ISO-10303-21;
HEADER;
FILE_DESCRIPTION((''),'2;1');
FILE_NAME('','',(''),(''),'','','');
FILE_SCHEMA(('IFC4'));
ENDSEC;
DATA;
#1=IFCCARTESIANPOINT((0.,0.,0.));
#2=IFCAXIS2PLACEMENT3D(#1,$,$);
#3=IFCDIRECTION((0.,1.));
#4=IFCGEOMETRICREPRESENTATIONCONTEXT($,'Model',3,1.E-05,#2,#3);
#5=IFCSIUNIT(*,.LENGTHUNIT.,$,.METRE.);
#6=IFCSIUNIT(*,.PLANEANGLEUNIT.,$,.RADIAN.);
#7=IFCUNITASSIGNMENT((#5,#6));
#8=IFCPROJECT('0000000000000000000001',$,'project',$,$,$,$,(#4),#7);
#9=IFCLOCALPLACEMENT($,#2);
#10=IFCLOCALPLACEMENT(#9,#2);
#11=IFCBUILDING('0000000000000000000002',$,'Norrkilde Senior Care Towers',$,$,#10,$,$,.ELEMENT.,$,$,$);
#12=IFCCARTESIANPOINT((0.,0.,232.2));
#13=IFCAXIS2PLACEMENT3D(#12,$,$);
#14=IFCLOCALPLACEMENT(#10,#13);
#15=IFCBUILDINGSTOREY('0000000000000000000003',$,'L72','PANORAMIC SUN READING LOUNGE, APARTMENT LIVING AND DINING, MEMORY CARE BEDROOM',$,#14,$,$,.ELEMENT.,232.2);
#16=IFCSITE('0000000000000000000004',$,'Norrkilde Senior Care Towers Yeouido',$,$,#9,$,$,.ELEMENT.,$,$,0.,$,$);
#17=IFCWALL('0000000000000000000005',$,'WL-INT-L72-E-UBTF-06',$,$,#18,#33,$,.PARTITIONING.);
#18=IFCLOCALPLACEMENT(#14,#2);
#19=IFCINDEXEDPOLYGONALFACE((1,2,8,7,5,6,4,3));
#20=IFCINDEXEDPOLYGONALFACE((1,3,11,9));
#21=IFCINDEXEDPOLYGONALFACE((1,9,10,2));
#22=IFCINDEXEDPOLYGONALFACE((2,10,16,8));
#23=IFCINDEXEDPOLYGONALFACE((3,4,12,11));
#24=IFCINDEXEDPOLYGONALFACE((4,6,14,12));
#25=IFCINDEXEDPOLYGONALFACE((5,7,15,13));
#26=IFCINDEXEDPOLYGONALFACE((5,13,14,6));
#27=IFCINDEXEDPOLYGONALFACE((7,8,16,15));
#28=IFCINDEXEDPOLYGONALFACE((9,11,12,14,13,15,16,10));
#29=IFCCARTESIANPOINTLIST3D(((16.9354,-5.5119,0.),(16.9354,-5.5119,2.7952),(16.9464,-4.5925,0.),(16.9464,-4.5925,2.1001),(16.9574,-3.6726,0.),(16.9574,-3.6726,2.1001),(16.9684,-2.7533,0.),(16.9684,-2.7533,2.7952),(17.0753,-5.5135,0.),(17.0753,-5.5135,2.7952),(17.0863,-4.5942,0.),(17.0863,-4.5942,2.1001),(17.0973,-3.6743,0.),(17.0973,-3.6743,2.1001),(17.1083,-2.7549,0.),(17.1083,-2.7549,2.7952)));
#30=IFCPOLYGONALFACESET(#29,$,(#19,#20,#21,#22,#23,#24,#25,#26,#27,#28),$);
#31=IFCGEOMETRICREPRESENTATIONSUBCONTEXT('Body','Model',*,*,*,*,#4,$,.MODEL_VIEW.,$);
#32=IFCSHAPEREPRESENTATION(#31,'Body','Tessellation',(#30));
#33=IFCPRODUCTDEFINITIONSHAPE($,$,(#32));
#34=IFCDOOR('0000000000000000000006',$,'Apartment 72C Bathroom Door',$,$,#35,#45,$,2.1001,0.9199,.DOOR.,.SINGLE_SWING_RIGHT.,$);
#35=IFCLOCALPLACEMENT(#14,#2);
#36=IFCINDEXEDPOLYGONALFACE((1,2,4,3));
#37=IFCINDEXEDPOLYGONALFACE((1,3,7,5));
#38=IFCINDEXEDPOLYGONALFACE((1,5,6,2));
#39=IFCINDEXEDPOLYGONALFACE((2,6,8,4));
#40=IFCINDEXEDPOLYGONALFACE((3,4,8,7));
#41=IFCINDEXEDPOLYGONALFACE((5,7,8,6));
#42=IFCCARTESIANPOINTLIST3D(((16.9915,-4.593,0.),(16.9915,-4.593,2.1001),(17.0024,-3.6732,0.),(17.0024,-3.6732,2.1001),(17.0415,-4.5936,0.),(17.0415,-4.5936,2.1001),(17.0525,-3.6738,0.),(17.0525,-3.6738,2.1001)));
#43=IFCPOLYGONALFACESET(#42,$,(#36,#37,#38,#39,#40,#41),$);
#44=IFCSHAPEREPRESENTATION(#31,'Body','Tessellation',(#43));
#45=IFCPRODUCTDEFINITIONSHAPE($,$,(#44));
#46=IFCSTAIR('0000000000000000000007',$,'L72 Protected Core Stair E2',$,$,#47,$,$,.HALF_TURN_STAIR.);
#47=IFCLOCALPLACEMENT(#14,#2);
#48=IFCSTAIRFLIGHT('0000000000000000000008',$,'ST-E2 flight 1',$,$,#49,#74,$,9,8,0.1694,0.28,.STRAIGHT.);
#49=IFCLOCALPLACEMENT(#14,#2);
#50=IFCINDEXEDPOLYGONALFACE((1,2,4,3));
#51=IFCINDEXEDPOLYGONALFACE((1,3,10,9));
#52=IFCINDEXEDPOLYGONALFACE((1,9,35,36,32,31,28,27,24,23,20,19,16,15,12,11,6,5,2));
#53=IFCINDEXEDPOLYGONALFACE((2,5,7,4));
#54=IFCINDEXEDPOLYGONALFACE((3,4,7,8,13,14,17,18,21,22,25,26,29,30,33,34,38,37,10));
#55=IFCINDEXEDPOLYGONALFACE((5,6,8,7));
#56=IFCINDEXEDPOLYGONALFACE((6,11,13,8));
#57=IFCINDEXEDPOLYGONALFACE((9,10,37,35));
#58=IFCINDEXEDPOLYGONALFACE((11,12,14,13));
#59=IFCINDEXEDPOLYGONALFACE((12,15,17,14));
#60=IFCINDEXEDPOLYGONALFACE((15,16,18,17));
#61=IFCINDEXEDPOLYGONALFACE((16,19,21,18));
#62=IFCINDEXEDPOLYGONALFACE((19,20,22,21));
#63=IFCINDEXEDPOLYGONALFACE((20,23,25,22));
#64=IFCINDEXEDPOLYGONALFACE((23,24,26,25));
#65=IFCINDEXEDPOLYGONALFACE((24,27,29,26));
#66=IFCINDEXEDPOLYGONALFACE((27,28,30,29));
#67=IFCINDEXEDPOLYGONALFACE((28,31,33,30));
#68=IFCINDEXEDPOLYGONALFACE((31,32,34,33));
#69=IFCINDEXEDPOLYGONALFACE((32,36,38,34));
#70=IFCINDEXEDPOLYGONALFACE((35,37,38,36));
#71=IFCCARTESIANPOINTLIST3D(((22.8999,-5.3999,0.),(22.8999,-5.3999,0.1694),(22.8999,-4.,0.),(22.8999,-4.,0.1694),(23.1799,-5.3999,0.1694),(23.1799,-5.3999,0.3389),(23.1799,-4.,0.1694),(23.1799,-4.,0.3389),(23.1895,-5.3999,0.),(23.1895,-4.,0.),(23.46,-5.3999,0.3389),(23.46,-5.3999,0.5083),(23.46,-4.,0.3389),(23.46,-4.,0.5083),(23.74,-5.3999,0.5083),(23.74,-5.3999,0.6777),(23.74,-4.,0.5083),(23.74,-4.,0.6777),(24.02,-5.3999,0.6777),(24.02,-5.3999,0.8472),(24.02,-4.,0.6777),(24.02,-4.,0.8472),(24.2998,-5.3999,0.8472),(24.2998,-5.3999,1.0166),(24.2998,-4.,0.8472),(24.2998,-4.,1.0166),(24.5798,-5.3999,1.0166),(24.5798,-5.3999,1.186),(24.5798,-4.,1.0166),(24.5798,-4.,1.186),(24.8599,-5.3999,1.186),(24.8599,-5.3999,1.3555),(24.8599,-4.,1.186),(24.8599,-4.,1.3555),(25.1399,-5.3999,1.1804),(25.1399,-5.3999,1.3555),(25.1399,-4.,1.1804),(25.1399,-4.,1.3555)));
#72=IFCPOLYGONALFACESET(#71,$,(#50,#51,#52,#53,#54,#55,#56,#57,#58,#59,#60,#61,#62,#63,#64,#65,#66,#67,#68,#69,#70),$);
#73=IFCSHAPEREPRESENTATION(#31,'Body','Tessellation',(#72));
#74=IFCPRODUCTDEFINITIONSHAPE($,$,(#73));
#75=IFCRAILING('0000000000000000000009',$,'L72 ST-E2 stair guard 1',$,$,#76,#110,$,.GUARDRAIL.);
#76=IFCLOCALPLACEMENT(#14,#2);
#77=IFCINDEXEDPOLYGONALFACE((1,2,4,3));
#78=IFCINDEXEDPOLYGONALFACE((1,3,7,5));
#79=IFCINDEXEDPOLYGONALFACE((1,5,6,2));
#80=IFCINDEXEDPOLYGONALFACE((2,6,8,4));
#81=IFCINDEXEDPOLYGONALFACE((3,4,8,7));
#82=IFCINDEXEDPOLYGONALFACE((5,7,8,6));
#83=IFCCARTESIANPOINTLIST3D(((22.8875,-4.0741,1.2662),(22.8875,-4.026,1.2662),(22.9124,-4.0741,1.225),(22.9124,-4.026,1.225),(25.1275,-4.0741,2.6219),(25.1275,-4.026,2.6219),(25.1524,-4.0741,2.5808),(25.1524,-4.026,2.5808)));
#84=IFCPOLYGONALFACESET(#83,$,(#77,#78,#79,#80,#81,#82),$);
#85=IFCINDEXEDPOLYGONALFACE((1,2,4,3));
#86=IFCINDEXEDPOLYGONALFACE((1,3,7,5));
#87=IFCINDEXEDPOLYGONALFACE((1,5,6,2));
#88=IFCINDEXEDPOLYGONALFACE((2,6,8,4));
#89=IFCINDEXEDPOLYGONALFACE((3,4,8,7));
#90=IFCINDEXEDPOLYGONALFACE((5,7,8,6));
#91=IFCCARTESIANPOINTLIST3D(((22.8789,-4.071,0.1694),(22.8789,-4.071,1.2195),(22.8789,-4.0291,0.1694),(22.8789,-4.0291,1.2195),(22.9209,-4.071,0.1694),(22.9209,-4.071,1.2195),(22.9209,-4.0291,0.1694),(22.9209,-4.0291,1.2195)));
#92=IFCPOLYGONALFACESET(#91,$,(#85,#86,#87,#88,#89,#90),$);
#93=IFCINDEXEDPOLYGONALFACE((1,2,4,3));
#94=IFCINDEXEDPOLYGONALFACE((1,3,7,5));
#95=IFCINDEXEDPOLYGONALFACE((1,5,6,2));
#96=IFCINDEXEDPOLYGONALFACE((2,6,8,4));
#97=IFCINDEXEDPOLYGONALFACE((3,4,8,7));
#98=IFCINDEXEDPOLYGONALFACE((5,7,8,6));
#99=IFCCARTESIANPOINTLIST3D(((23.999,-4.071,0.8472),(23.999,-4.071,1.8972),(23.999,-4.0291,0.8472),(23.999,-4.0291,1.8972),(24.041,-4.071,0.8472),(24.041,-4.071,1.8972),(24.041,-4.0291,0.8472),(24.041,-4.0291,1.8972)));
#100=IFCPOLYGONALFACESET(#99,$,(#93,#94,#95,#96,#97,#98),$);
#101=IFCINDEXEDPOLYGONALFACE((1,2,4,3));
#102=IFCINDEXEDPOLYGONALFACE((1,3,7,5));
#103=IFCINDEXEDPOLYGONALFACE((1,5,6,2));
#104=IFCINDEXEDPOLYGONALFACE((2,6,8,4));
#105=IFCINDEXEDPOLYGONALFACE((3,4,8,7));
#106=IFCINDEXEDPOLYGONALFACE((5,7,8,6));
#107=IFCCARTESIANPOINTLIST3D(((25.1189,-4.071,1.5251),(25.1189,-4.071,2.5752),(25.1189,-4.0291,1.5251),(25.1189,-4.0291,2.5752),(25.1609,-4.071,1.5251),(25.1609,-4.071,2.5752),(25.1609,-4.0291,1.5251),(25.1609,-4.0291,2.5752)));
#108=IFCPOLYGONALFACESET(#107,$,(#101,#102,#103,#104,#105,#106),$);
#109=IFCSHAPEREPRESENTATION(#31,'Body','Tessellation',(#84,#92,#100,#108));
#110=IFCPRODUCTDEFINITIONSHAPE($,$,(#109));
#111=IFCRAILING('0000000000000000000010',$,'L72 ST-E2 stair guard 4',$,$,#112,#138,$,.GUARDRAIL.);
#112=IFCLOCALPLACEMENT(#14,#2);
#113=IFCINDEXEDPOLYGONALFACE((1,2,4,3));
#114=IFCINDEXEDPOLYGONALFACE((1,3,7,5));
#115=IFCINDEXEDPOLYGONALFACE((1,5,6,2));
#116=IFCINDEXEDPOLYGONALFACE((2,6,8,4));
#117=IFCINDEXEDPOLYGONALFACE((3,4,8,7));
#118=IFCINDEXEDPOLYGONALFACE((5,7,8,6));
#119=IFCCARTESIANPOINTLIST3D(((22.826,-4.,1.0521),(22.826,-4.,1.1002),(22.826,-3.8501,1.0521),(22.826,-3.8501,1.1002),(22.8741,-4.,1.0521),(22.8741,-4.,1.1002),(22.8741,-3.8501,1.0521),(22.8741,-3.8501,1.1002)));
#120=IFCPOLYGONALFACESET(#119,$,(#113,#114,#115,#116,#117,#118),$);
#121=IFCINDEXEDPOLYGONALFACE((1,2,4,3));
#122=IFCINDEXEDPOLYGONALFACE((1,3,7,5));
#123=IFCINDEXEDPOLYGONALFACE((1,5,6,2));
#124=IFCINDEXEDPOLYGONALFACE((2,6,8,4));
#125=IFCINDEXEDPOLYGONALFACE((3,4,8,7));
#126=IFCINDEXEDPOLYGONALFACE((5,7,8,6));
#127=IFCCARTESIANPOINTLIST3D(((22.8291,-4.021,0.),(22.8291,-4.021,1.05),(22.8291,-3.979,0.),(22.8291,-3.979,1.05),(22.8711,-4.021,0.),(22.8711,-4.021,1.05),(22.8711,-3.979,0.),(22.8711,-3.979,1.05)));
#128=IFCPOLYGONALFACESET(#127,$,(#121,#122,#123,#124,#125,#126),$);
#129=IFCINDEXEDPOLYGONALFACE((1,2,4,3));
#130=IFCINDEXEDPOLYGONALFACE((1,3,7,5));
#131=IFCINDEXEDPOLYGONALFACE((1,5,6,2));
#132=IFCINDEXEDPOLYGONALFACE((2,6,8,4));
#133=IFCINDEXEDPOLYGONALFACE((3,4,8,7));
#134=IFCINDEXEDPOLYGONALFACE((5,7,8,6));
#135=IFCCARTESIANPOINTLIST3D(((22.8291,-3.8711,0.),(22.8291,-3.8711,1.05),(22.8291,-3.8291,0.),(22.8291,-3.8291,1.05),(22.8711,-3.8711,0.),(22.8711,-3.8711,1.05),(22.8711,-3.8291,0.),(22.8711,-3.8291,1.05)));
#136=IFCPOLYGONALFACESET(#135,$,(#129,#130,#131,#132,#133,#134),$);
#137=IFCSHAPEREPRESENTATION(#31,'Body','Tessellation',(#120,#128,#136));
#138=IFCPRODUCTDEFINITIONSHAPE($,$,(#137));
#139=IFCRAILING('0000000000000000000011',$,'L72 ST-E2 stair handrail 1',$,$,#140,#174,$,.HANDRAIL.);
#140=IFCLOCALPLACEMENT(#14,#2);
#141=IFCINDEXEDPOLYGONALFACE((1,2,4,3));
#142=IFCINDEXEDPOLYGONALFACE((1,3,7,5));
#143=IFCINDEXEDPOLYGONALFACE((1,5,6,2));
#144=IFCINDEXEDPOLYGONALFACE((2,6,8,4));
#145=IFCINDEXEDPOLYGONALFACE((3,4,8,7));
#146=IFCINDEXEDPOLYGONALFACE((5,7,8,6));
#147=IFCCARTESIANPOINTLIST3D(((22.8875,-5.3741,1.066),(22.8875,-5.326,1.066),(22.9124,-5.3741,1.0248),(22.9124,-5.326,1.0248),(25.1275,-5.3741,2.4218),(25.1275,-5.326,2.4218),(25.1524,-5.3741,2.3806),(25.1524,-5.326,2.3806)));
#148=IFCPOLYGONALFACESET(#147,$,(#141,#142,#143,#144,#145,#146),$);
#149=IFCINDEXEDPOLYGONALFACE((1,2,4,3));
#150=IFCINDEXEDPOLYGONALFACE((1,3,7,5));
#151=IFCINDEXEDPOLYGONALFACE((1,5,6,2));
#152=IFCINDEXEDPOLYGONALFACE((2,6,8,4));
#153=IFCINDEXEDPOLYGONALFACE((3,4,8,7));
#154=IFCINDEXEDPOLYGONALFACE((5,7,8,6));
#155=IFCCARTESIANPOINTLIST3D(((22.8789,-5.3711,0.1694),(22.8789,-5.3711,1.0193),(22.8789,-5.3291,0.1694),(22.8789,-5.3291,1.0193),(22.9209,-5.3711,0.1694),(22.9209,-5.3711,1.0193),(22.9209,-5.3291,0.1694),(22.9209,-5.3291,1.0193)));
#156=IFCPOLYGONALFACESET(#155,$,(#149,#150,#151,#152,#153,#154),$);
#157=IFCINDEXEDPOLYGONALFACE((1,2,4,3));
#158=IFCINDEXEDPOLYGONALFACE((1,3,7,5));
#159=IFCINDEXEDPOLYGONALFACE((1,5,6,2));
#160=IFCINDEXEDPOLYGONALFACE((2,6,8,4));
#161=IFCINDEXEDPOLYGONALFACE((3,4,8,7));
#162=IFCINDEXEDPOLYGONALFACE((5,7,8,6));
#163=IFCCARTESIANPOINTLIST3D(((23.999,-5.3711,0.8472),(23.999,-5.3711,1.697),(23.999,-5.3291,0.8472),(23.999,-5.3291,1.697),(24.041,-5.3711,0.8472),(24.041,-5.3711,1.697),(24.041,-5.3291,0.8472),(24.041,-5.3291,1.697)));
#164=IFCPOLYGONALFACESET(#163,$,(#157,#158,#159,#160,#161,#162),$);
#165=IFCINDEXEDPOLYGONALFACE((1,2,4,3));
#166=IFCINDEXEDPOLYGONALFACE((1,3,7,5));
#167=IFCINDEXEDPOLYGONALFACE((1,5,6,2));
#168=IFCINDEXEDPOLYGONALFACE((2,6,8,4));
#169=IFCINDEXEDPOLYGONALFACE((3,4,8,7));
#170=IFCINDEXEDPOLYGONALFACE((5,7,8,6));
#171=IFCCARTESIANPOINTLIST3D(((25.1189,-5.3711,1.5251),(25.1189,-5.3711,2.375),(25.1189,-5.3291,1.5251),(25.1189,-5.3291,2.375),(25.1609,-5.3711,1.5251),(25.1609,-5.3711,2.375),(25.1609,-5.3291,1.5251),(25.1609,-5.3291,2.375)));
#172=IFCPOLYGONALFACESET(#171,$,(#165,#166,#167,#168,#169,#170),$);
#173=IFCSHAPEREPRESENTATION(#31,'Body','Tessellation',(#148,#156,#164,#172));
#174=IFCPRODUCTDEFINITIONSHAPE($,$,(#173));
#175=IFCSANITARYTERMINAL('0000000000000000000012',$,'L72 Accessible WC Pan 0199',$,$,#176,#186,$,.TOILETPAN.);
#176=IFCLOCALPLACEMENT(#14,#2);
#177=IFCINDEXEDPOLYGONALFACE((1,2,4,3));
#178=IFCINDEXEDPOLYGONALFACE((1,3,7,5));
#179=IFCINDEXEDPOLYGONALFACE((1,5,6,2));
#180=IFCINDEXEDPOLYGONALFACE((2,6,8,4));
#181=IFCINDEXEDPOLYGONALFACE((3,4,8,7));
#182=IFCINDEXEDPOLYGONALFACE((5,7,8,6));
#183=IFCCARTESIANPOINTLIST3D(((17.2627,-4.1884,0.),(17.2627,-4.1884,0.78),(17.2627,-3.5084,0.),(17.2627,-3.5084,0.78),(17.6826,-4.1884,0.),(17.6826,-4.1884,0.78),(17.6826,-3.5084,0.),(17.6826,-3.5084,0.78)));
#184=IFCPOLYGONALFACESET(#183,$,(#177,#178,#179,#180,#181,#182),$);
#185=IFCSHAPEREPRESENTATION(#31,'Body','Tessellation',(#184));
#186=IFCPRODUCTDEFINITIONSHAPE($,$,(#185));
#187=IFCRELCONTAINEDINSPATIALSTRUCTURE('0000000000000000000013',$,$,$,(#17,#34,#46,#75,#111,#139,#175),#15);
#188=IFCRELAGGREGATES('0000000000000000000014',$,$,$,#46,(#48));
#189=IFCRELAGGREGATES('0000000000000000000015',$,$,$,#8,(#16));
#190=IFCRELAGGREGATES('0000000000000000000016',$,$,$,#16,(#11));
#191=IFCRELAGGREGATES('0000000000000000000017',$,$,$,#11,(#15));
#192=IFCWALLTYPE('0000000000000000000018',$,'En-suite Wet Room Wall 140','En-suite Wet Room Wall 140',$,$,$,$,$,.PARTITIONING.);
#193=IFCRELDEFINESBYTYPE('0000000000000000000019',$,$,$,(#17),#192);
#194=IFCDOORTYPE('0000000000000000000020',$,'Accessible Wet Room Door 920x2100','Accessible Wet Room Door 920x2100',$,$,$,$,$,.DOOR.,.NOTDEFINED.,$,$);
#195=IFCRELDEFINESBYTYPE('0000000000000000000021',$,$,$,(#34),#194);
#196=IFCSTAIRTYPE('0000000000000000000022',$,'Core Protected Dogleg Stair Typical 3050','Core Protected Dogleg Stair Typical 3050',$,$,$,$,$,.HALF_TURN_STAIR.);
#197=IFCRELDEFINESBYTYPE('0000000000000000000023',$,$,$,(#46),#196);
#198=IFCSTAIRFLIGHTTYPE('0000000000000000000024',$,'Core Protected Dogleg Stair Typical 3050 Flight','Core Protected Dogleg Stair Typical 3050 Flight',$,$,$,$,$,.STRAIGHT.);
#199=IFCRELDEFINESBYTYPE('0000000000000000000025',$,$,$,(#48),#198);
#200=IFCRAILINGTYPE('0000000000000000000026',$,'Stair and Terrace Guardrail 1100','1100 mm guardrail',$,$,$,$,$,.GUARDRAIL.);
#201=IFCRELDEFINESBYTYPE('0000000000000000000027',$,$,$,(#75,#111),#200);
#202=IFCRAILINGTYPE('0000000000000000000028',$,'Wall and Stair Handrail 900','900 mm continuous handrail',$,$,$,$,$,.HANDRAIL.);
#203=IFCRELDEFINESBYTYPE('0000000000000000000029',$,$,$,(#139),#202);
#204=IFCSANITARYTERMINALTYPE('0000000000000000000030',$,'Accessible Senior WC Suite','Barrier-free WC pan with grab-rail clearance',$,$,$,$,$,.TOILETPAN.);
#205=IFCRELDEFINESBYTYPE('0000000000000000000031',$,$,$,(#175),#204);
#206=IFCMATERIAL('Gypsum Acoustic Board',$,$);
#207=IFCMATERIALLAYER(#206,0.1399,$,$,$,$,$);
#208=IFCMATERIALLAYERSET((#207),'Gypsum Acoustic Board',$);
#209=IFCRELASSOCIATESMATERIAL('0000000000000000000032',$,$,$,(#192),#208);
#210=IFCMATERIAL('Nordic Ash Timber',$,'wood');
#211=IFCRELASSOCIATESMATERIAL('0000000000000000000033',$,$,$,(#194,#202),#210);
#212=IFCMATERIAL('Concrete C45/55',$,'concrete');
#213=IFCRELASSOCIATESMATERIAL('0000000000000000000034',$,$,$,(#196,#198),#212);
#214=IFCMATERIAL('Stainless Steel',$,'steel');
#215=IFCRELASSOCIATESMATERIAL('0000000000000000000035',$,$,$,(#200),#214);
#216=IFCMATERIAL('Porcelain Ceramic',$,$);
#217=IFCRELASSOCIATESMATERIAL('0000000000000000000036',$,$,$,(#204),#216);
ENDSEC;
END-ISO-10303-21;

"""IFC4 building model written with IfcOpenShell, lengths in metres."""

from ifc_helpers import new_model, si_unit, direction, frame, frame_2d, origin, origin_2d, place, context, subcontext, project, spatial, polyline, rectangle, outline, extrude, source, transform, mapped, material, layer, layer_set, type_object, type_shapes, element, fill, aggregate, save


model = new_model("IFC4")

# Units and contexts
model_context = context("Model", 3, precision=1e-05, world=origin(), true_north=direction((0.0, 1.0)))
body_context = subcontext(model_context, "Body", "Model", "MODEL_VIEW")
ifc_project = project(units=[si_unit("LENGTHUNIT", "METRE"), si_unit("PLANEANGLEUNIT", "RADIAN")], contexts=[model_context])

# Site, building, storey
site_placement = place(None, origin())
site = spatial("IfcSite", under=ifc_project, at=site_placement, Name="Norrkilde Senior Care Towers Yeouido", CompositionType="ELEMENT", RefElevation=0.0)
building_placement = place(site_placement, origin())
building = spatial("IfcBuilding", under=site, at=building_placement, Name="Norrkilde Senior Care Towers", CompositionType="ELEMENT")
storey_placement = place(building_placement, frame((0.0, 0.0, 232.2)))
storey = spatial("IfcBuildingStorey", under=building, at=storey_placement, Name="L72", Description="PANORAMIC SUN READING LOUNGE, APARTMENT LIVING AND DINING, MEMORY CARE BEDROOM", CompositionType="ELEMENT", Elevation=232.2)

# Shared definitions
ifc_material_1 = material(Name="Concrete C45/55", Category="concrete")

# Shared definitions
ifc_material_2 = material(Name="Gypsum Acoustic Board")

# Shared definitions
ifc_material_3 = material(Name="Nordic Ash Timber", Category="wood")

# Shared definitions
ifc_layer_1 = layer(ifc_material_2, 0.1399)
ifc_layer_set_1 = layer_set([ifc_layer_1], Name="Gypsum Acoustic Board")
wall_type_1 = type_object("IfcWallType", Name="En-suite Wet Room Wall 140", Description="En-suite Wet Room Wall 140", PredefinedType="PARTITIONING", material=ifc_layer_set_1)

# Wall, opening, door
shared_shape_1 = source(origin(), body_context, "Body", "SweptSolid", [
    extrude(rectangle(XDim=2.7588, YDim=0.1399, at=frame_2d((1.3794, 0.0))), origin(), (0.0, 0.0, 1.0), 2.7952),
])
wall_1_placement = place(storey_placement, frame((17.0054, -5.5127, 0.0), z_axis=(0.0, 0.0, 1.0), x_axis=(0.011947, 0.999929, 0.0)))
wall_1 = element("IfcWall", 1, at=wall_1_placement, inside=storey, type_object=wall_type_1, Name="WL-INT-L72-E-UBTF-06", PredefinedType="PARTITIONING", context=body_context, shape_type="MappedRepresentation", body=[
    mapped(shared_shape_1, transform((0.0, 0.0, 0.0), x_axis=(1.0, 0.0, 0.0), y_axis=(0.0, 1.0, 0.0), z_axis=(0.0, 0.0, 1.0), scale=1.0)),
])
opening_1_placement = place(wall_1_placement, frame((0.9194, 0.0, 0.0)))
opening_1 = element("IfcOpeningElement", 2, at=opening_1_placement, cuts=wall_1, PredefinedType="OPENING", context=body_context, shape_type="SweptSolid", body=[
    extrude(rectangle(XDim=0.9199, YDim=2.1001, at=frame_2d((0.46, 1.05))), frame((0.0, 0.0798, 0.0), z_axis=(0.0, -1.0, 0.0), x_axis=(1.0, 0.0, 0.0)), (0.0, 0.0, 1.0), 0.1599),
])
door_type_1 = type_object("IfcDoorType", Name="Accessible Wet Room Door 920x2100", Description="Accessible Wet Room Door 920x2100", OperationType="NOTDEFINED", PredefinedType="DOOR", material=ifc_material_3)
shared_shape_2 = source(origin(), body_context, "Body", "SweptSolid", [
    extrude(rectangle(XDim=0.9199, YDim=2.1001, at=frame_2d((0.46, 1.05))), frame((0.0, 0.0249, 0.0), z_axis=(0.0, -1.0, 0.0), x_axis=(1.0, 0.0, 0.0)), (0.0, 0.0, 1.0), 0.05),
])
type_shapes(door_type_1, [shared_shape_2])
door_1_placement = place(opening_1_placement, origin())
door_1 = element("IfcDoor", 3, at=door_1_placement, inside=storey, type_object=door_type_1, Name="Apartment 72C Bathroom Door", OperationType="SINGLE_SWING_RIGHT", OverallHeight=2.1001, OverallWidth=0.9199, PredefinedType="DOOR", context=body_context, shape_type="MappedRepresentation", body=[
    mapped(shared_shape_2, transform((0.0, 0.0, 0.0), x_axis=(1.0, 0.0, 0.0), y_axis=(0.0, 1.0, 0.0), z_axis=(0.0, 0.0, 1.0), scale=1.0)),
])
fill(opening_1, door_1)

# Stair, stair flight
stair_type = type_object("IfcStairType", Name="Core Protected Dogleg Stair Typical 3050", Description="Core Protected Dogleg Stair Typical 3050", PredefinedType="HALF_TURN_STAIR", material=ifc_material_1)
stair_placement = place(storey_placement, origin())
stair = element("IfcStair", 4, at=stair_placement, inside=storey, type_object=stair_type, Name="L72 Protected Core Stair E2", PredefinedType="HALF_TURN_STAIR")
stair_flight_type = type_object("IfcStairFlightType", Name="Core Protected Dogleg Stair Typical 3050 Flight", Description="Core Protected Dogleg Stair Typical 3050 Flight", PredefinedType="STRAIGHT", material=ifc_material_1)
stair_flight_placement = place(storey_placement, frame((22.8999, -4.7, 0.0), z_axis=(0.0, 0.0, 1.0), x_axis=(1.0, 0.0, 0.0)))
stair_flight = element("IfcStairFlight", 5, at=stair_flight_placement, type_object=stair_flight_type, Name="ST-E2 flight 1", NumberOfRisers=9, NumberOfTreads=8, PredefinedType="STRAIGHT", RiserHeight=0.1694, TreadLength=0.28, context=body_context, shape_type="SweptSolid", body=[
    extrude(outline(polyline([(0.0, 0.0), (0.0, 0.1694), (0.28, 0.1694), (0.28, 0.3389), (0.5601, 0.3389), (0.5601, 0.5083), (0.8401, 0.5083), (0.8401, 0.6777), (1.1201, 0.6777), (1.1201, 0.8472), (1.3999, 0.8472), (1.3999, 1.0166), (1.6799, 1.0166), (1.6799, 1.186), (1.96, 1.186), (1.96, 1.3555), (2.24, 1.3555), (2.24, 1.5249), (2.24, 1.1804), (0.2896, 0.0), (0.0, 0.0)])), frame((0.0, 0.7, 0.0), z_axis=(0.0, -1.0, 0.0), x_axis=(1.0, 0.0, 0.0)), (0.0, 0.0, 1.0), 1.3999),
])
aggregate(stair, [stair_flight])

# Railings
ifc_material_4 = material(Name="Stainless Steel", Category="steel")
railing_type_1 = type_object("IfcRailingType", Name="Stair and Terrace Guardrail 1100", Description="1100 mm guardrail", PredefinedType="GUARDRAIL", material=ifc_material_4)
railing_1_placement = place(storey_placement, frame((22.8999, -4.05, 0.1694)))
element("IfcRailing", 6, at=railing_1_placement, inside=storey, type_object=railing_type_1, Name="L72 ST-E2 stair guard 1", PredefinedType="GUARDRAIL", context=body_context, shape_type="SweptSolid", body=[
    extrude(rectangle(XDim=0.0481, YDim=0.0481, at=origin_2d()), frame((0.0, 0.0, 1.0762), z_axis=(0.855512, 0.0, 0.517783), x_axis=(0.0, 1.0, 0.0)), (0.0, 0.0, 1.0), 2.6184),
    extrude(rectangle(XDim=0.042, YDim=0.042, at=origin_2d()), origin(), (0.0, 0.0, 1.0), 1.05),
    extrude(rectangle(XDim=0.042, YDim=0.042, at=origin_2d()), frame((1.1201, 0.0, 0.6777)), (0.0, 0.0, 1.0), 1.05),
    extrude(rectangle(XDim=0.042, YDim=0.042, at=origin_2d()), frame((2.24, 0.0, 1.3557)), (0.0, 0.0, 1.0), 1.05),
])
railing_2_placement = place(storey_placement, frame((22.8501, -4.0, 0.0)))
element("IfcRailing", 7, at=railing_2_placement, inside=storey, type_object=railing_type_1, Name="L72 ST-E2 stair guard 4", PredefinedType="GUARDRAIL", context=body_context, shape_type="SweptSolid", body=[
    extrude(rectangle(XDim=0.0481, YDim=0.0481, at=origin_2d()), frame((0.0, 0.0, 1.0762), z_axis=(0.0, 1.0, 0.0), x_axis=(-1.0, 0.0, 0.0)), (0.0, 0.0, 1.0), 0.1499),
    extrude(rectangle(XDim=0.042, YDim=0.042, at=origin_2d()), origin(), (0.0, 0.0, 1.0), 1.05),
    extrude(rectangle(XDim=0.042, YDim=0.042, at=origin_2d()), frame((0.0, 0.1499, 0.0)), (0.0, 0.0, 1.0), 1.05),
])
railing_type_2 = type_object("IfcRailingType", Name="Wall and Stair Handrail 900", Description="900 mm continuous handrail", PredefinedType="HANDRAIL", material=ifc_material_3)
railing_3_placement = place(storey_placement, frame((22.8999, -5.3501, 0.1694)))
element("IfcRailing", 8, at=railing_3_placement, inside=storey, type_object=railing_type_2, Name="L72 ST-E2 stair handrail 1", PredefinedType="HANDRAIL", context=body_context, shape_type="SweptSolid", body=[
    extrude(rectangle(XDim=0.0481, YDim=0.0481, at=origin_2d()), frame((0.0, 0.0, 0.876), z_axis=(0.855512, 0.0, 0.517783), x_axis=(0.0, 1.0, 0.0)), (0.0, 0.0, 1.0), 2.6184),
    extrude(rectangle(XDim=0.042, YDim=0.042, at=origin_2d()), origin(), (0.0, 0.0, 1.0), 0.8499),
    extrude(rectangle(XDim=0.042, YDim=0.042, at=origin_2d()), frame((1.1201, 0.0, 0.6777)), (0.0, 0.0, 1.0), 0.8499),
    extrude(rectangle(XDim=0.042, YDim=0.042, at=origin_2d()), frame((2.24, 0.0, 1.3557)), (0.0, 0.0, 1.0), 0.8499),
])

# Sanitary terminal
ifc_material_5 = material(Name="Porcelain Ceramic")
sanitary_terminal_type_1 = type_object("IfcSanitaryTerminalType", Name="Accessible Senior WC Suite", Description="Barrier-free WC pan with grab-rail clearance", PredefinedType="TOILETPAN", material=ifc_material_5)
shared_shape_3 = source(origin(), body_context, "Body", "SweptSolid", [
    extrude(rectangle(XDim=0.4199, YDim=0.6799, at=origin_2d()), origin(), (0.0, 0.0, 1.0), 0.78),
])
type_shapes(sanitary_terminal_type_1, [shared_shape_3])
sanitary_terminal_1_placement = place(storey_placement, frame((17.4727, -3.8484, 0.0), z_axis=(0.0, 0.0, 1.0), x_axis=(1.0, 0.0, 0.0)))
element("IfcSanitaryTerminal", 9, at=sanitary_terminal_1_placement, inside=storey, type_object=sanitary_terminal_type_1, Name="L72 Accessible WC Pan 0199", PredefinedType="TOILETPAN", context=body_context, shape_type="MappedRepresentation", body=[
    mapped(shared_shape_3, transform((0.0, 0.0, 0.0), x_axis=(1.0, 0.0, 0.0), y_axis=(0.0, 1.0, 0.0), z_axis=(0.0, 0.0, 1.0), scale=1.0)),
])

save(model, "model.ifc")
